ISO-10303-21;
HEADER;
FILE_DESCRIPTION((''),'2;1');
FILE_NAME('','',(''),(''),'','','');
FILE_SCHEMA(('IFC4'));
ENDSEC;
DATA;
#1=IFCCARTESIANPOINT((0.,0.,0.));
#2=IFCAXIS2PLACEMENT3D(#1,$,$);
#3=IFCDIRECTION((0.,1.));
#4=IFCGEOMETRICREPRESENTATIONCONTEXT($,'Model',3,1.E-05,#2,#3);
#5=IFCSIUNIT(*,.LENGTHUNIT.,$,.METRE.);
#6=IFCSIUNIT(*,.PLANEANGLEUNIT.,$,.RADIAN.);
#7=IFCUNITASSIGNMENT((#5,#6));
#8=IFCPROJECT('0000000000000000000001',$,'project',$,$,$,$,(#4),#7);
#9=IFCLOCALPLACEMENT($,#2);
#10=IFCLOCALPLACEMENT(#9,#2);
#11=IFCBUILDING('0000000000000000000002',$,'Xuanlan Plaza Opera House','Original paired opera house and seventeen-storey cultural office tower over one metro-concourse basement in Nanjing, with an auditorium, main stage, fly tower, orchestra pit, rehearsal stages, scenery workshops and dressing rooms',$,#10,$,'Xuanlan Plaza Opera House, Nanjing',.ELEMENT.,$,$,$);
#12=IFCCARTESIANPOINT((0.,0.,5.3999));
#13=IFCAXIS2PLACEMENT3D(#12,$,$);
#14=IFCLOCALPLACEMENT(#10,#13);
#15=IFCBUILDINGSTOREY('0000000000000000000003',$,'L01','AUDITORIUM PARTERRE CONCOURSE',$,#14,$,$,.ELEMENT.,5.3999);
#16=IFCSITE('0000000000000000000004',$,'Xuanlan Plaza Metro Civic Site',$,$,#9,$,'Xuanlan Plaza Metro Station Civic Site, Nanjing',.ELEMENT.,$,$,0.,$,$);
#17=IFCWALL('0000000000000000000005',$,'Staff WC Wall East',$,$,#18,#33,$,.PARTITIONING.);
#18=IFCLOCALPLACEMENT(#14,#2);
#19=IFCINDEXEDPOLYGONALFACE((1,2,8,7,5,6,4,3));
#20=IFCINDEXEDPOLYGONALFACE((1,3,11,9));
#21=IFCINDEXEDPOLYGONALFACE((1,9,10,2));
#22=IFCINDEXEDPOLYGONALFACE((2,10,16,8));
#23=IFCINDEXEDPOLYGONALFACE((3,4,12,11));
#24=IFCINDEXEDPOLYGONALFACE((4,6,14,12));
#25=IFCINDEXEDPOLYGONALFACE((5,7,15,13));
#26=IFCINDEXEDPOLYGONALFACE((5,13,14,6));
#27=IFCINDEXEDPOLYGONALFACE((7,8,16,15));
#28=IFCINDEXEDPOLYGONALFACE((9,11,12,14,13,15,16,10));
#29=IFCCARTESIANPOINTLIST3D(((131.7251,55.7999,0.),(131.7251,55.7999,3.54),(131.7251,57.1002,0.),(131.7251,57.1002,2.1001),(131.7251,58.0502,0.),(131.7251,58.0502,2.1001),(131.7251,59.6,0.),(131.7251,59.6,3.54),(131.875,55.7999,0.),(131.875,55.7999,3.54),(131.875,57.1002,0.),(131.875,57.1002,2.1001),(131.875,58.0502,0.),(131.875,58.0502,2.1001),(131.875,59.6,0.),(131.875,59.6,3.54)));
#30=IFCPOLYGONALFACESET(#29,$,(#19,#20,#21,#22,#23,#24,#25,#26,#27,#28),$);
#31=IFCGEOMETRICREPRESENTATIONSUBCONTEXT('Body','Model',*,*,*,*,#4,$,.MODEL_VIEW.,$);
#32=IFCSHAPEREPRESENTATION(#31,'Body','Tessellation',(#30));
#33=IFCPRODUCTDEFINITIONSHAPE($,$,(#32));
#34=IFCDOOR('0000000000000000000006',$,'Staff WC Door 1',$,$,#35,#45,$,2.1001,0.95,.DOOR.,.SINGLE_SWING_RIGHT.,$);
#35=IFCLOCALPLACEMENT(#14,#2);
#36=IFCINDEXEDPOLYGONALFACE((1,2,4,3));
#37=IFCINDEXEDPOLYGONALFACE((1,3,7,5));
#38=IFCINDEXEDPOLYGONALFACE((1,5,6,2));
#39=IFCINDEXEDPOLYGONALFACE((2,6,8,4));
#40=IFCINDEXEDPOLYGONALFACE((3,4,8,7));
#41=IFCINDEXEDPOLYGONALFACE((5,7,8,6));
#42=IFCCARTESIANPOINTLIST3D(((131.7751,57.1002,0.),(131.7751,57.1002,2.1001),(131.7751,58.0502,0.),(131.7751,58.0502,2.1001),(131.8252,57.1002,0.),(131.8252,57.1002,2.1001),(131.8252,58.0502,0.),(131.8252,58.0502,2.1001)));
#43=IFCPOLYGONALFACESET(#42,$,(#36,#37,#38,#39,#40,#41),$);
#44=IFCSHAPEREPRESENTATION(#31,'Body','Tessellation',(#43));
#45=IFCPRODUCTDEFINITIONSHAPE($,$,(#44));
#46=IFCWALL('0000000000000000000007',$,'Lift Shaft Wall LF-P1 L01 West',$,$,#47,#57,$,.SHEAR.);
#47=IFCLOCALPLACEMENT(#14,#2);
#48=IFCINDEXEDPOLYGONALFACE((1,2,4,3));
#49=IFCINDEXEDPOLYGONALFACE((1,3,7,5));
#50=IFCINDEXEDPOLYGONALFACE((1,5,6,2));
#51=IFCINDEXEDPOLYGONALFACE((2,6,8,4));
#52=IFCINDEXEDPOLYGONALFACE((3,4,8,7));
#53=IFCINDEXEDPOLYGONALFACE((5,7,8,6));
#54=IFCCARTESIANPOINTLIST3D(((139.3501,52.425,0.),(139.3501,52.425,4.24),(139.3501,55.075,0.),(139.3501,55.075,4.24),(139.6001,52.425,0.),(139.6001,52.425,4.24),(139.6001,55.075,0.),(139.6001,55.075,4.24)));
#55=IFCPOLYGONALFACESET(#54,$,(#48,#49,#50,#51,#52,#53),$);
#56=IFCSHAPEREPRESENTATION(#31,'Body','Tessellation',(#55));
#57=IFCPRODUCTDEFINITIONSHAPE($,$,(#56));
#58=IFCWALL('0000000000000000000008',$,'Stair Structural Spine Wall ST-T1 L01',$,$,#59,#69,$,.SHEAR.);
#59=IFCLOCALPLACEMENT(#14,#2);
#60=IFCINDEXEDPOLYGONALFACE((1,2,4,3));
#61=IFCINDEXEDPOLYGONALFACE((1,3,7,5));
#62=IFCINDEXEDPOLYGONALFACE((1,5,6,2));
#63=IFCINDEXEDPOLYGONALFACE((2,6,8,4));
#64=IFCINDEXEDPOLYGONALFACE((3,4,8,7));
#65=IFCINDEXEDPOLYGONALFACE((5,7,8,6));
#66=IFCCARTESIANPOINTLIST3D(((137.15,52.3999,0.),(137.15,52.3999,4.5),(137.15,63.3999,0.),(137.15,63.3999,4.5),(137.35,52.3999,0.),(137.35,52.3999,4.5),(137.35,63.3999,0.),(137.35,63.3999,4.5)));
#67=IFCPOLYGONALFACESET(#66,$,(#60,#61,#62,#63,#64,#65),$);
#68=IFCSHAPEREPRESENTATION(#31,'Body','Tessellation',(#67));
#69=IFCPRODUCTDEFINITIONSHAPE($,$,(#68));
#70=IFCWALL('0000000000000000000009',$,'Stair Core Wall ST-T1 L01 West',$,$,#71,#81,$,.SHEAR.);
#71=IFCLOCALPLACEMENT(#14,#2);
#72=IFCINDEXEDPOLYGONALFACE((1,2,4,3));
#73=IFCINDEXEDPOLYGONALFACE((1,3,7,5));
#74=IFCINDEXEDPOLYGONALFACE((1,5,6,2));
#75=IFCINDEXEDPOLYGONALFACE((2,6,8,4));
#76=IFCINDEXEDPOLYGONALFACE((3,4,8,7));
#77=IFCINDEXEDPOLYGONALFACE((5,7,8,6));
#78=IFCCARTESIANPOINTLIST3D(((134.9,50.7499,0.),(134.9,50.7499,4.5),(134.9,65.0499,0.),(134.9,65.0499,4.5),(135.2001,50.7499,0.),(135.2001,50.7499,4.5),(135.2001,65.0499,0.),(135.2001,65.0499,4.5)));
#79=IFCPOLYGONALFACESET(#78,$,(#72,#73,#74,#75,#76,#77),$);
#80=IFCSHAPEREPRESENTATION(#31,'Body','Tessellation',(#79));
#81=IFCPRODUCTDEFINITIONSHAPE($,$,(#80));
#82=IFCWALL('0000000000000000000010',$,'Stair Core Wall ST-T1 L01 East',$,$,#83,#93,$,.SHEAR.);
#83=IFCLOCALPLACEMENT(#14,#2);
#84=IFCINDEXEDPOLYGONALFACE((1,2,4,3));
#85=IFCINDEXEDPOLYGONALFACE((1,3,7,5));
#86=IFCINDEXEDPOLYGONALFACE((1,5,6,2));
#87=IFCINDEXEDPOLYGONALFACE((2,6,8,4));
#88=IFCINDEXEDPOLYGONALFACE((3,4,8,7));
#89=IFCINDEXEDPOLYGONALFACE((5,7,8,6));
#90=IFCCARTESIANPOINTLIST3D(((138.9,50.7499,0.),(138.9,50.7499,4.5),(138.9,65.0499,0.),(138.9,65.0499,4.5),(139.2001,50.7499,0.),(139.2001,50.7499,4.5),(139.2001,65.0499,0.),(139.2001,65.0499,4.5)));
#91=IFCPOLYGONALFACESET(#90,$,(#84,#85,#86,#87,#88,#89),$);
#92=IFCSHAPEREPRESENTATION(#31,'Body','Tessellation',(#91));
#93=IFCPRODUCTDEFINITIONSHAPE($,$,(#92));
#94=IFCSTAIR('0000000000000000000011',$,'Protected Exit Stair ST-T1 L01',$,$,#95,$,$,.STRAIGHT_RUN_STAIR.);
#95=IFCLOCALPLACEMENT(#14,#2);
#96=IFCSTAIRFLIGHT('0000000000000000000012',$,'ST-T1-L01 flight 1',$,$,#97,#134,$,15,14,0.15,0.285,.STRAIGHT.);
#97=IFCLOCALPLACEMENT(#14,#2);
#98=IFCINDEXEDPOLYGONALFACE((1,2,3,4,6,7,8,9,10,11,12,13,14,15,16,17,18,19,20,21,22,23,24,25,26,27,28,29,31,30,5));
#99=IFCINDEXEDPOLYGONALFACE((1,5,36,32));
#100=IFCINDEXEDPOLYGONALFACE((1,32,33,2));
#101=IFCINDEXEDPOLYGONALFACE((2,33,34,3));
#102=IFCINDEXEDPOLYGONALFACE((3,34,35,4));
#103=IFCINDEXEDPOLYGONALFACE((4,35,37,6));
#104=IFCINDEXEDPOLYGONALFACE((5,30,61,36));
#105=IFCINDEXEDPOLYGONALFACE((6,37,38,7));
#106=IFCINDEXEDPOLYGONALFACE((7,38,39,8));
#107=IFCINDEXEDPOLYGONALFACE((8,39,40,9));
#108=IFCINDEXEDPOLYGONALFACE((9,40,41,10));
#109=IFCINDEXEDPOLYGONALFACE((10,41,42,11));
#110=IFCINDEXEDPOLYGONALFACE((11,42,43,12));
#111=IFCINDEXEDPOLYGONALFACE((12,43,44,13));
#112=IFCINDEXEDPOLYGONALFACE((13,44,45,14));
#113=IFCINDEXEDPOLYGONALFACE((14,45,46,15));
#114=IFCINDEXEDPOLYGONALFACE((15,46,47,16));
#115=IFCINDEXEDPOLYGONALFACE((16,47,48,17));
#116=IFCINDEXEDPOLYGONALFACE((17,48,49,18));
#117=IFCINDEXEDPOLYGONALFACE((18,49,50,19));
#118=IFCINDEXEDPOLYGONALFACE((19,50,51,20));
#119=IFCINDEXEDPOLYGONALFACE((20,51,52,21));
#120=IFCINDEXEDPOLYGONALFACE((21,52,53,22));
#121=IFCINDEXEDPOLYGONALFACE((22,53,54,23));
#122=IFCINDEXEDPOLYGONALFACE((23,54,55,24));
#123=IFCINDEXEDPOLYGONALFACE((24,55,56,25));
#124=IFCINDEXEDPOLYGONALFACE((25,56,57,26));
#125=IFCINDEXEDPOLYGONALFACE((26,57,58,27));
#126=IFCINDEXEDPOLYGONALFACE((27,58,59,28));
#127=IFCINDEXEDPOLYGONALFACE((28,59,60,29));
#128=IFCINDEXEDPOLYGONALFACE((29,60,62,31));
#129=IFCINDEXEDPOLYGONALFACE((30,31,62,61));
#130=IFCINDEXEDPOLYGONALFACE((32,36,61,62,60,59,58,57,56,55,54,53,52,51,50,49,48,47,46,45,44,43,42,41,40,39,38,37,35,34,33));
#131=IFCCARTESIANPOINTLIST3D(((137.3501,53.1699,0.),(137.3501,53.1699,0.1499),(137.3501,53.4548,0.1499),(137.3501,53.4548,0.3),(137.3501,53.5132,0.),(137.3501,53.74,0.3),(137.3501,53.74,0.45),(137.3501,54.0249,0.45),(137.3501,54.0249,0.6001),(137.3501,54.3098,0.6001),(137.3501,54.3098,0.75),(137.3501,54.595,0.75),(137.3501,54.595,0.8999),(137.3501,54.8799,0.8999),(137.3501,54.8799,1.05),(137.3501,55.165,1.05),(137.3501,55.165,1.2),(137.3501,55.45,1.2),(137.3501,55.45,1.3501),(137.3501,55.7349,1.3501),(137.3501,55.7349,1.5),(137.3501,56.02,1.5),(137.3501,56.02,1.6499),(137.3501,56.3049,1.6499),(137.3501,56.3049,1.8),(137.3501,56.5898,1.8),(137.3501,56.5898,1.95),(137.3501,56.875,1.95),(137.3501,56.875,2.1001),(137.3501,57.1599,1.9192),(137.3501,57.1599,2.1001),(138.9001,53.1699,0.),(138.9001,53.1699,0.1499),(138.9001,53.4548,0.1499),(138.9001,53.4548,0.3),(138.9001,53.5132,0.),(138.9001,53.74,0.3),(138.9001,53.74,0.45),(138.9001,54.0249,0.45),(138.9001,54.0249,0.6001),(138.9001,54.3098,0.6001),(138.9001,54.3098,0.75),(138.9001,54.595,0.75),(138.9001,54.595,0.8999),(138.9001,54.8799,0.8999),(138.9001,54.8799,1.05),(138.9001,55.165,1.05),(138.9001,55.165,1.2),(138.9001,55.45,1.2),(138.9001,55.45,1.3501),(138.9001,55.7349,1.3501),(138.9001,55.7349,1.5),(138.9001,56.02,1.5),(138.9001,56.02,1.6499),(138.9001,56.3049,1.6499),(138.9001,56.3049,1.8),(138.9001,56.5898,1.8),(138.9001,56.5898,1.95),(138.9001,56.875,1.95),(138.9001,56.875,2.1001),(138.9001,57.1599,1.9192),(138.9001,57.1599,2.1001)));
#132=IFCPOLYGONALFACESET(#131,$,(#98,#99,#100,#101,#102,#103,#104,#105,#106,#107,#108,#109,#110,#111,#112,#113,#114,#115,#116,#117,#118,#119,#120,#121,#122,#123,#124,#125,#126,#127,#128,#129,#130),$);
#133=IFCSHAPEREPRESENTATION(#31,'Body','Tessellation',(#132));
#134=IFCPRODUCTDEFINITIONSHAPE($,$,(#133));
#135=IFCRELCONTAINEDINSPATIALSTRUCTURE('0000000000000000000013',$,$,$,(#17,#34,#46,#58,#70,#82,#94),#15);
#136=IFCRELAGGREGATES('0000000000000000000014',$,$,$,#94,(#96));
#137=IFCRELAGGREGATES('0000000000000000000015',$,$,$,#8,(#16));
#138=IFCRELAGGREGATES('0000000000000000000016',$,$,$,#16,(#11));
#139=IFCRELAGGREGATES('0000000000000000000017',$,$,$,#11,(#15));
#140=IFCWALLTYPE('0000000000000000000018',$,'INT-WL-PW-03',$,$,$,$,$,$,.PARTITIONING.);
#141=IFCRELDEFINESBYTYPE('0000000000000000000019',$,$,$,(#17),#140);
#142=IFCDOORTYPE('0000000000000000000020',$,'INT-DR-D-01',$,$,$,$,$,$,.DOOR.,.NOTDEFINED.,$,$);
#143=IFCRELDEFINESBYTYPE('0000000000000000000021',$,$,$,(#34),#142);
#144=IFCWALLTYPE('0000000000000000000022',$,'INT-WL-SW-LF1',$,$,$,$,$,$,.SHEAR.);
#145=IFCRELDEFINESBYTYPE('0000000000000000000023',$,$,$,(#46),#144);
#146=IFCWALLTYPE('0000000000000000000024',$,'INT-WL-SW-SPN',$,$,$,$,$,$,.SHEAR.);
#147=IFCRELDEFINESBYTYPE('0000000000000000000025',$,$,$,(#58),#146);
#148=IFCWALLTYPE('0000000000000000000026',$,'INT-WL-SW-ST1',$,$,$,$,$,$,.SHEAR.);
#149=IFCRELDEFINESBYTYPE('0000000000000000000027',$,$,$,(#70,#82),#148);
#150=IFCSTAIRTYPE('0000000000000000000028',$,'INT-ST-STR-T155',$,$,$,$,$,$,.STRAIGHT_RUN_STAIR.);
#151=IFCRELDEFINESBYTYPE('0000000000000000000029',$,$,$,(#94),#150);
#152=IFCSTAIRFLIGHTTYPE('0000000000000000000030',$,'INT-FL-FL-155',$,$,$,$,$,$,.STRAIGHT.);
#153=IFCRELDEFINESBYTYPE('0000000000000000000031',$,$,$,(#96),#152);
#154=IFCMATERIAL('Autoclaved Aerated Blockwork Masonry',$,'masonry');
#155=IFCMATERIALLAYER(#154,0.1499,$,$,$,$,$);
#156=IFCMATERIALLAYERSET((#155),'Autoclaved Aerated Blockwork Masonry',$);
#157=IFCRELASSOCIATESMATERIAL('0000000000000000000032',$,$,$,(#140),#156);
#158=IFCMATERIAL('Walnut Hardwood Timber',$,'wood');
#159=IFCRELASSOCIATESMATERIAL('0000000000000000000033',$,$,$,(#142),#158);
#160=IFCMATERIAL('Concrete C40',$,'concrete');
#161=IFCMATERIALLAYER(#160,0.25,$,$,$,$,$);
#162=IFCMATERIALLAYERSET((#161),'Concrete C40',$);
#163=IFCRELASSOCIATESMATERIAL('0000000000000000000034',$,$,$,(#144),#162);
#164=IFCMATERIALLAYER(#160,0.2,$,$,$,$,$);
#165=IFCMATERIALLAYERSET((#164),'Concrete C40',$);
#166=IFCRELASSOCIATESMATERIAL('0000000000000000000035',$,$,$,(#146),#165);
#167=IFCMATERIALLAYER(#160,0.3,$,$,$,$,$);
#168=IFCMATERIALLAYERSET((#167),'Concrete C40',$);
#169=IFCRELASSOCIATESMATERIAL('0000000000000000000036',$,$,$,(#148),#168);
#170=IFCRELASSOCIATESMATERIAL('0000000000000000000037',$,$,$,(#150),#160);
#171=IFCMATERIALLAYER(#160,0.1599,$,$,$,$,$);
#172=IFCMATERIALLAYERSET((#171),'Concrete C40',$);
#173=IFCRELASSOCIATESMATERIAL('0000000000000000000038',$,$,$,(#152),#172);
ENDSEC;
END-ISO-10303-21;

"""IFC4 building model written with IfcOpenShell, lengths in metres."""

from ifc_helpers import new_model, si_unit, direction, frame, frame_2d, origin, place, context, subcontext, project, spatial, polyline, rectangle, outline, extrude, material, layer, layer_set, type_object, element, fill, aggregate, save


model = new_model("IFC4")

# Units and contexts
model_context = context("Model", 3, precision=1e-05, world=origin(), true_north=direction((0.0, 1.0)))
body_context = subcontext(model_context, "Body", "Model", "MODEL_VIEW")
ifc_project = project(units=[si_unit("LENGTHUNIT", "METRE"), si_unit("PLANEANGLEUNIT", "RADIAN")], contexts=[model_context])

# Site, building, storey
site_placement = place(None, origin())
site = spatial("IfcSite", under=ifc_project, at=site_placement, Name="Xuanlan Plaza Metro Civic Site", LongName="Xuanlan Plaza Metro Station Civic Site, Nanjing", CompositionType="ELEMENT", RefElevation=0.0)
building_placement = place(site_placement, origin())
building = spatial("IfcBuilding", under=site, at=building_placement, Name="Xuanlan Plaza Opera House", Description="Original paired opera house and seventeen-storey cultural office tower over one metro-concourse basement in Nanjing, with an auditorium, main stage, fly tower, orchestra pit, rehearsal stages, scenery workshops and dressing rooms", LongName="Xuanlan Plaza Opera House, Nanjing", CompositionType="ELEMENT")
storey_placement = place(building_placement, frame((0.0, 0.0, 5.3999)))
storey = spatial("IfcBuildingStorey", under=building, at=storey_placement, Name="L01", Description="AUDITORIUM PARTERRE CONCOURSE", CompositionType="ELEMENT", Elevation=5.3999)

# Shared definitions
ifc_material_1 = material(Name="Concrete C40", Category="concrete")

# Shared definitions
ifc_material_2 = material(Name="Autoclaved Aerated Blockwork Masonry", Category="masonry")
ifc_layer_1 = layer(ifc_material_2, 0.1499)
ifc_layer_set_1 = layer_set([ifc_layer_1], Name="Autoclaved Aerated Blockwork Masonry")
wall_type_1 = type_object("IfcWallType", Name="INT-WL-PW-03", PredefinedType="PARTITIONING", material=ifc_layer_set_1)

# Shared definitions
ifc_material_3 = material(Name="Walnut Hardwood Timber", Category="wood")

# Wall, opening, door
wall_1_placement = place(storey_placement, frame((131.8, 55.8, 0.0), z_axis=(0.0, 0.0, 1.0), x_axis=(0.0, 1.0, 0.0)))
wall_1 = element("IfcWall", 1, at=wall_1_placement, inside=storey, type_object=wall_type_1, Name="Staff WC Wall East", PredefinedType="PARTITIONING", context=body_context, shape_type="SweptSolid", body=[
    extrude(rectangle(XDim=3.8, YDim=0.1499, at=frame_2d((1.8999, 0.0))), origin(), (0.0, 0.0, 1.0), 3.54),
])
opening_1_placement = place(wall_1_placement, frame((1.3, 0.0, 0.0)))
opening_1 = element("IfcOpeningElement", 2, at=opening_1_placement, cuts=wall_1, PredefinedType="OPENING", context=body_context, shape_type="SweptSolid", body=[
    extrude(rectangle(XDim=0.95, YDim=2.1001, at=frame_2d((0.4751, 1.05))), frame((0.0, 0.085, 0.0), z_axis=(0.0, -1.0, 0.0), x_axis=(1.0, 0.0, 0.0)), (0.0, 0.0, 1.0), 0.1699),
])
door_type_1 = type_object("IfcDoorType", Name="INT-DR-D-01", OperationType="NOTDEFINED", PredefinedType="DOOR", material=ifc_material_3)
door_1_placement = place(opening_1_placement, origin())
door_1 = element("IfcDoor", 3, at=door_1_placement, inside=storey, type_object=door_type_1, Name="Staff WC Door 1", OperationType="SINGLE_SWING_RIGHT", OverallHeight=2.1001, OverallWidth=0.95, PredefinedType="DOOR", context=body_context, shape_type="SweptSolid", body=[
    extrude(rectangle(XDim=0.95, YDim=2.1001, at=frame_2d((0.4751, 1.05))), frame((0.0, 0.0249, 0.0), z_axis=(0.0, -1.0, 0.0), x_axis=(1.0, 0.0, 0.0)), (0.0, 0.0, 1.0), 0.05),
])
fill(opening_1, door_1)
ifc_layer_2 = layer(ifc_material_1, 0.25)
ifc_layer_set_2 = layer_set([ifc_layer_2], Name="Concrete C40")
wall_type_2 = type_object("IfcWallType", Name="INT-WL-SW-LF1", PredefinedType="SHEAR", material=ifc_layer_set_2)

# Walls
wall_2_placement = place(storey_placement, frame((139.4751, 52.425, 0.0), z_axis=(0.0, 0.0, 1.0), x_axis=(0.0, 1.0, 0.0)))
element("IfcWall", 4, at=wall_2_placement, inside=storey, type_object=wall_type_2, Name="Lift Shaft Wall LF-P1 L01 West", PredefinedType="SHEAR", context=body_context, shape_type="SweptSolid", body=[
    extrude(rectangle(XDim=2.6499, YDim=0.25, at=frame_2d((1.325, 0.0))), origin(), (0.0, 0.0, 1.0), 4.24),
])
ifc_layer_3 = layer(ifc_material_1, 0.2)
ifc_layer_set_3 = layer_set([ifc_layer_3], Name="Concrete C40")
wall_type_3 = type_object("IfcWallType", Name="INT-WL-SW-SPN", PredefinedType="SHEAR", material=ifc_layer_set_3)
wall_3_placement = place(storey_placement, frame((137.25, 52.3999, 0.0), z_axis=(0.0, 0.0, 1.0), x_axis=(0.0, 1.0, 0.0)))
element("IfcWall", 5, at=wall_3_placement, inside=storey, type_object=wall_type_3, Name="Stair Structural Spine Wall ST-T1 L01", PredefinedType="SHEAR", context=body_context, shape_type="SweptSolid", body=[
    extrude(rectangle(XDim=11.0, YDim=0.2, at=frame_2d((5.5, 0.0))), origin(), (0.0, 0.0, 1.0), 4.5),
])

# Shared definitions
ifc_layer_4 = layer(ifc_material_1, 0.3)
ifc_layer_set_4 = layer_set([ifc_layer_4], Name="Concrete C40")
wall_type_4 = type_object("IfcWallType", Name="INT-WL-SW-ST1", PredefinedType="SHEAR", material=ifc_layer_set_4)

# Walls
for number, where, z_axis, x_axis, name in (
    (6, (135.05, 50.75, 0.0), (0.0, 0.0, 1.0), (0.0, 1.0, 0.0), "Stair Core Wall ST-T1 L01 West"),
    (7, (139.05, 50.75, 0.0), (0.0, 0.0, 1.0), (0.0, 1.0, 0.0), "Stair Core Wall ST-T1 L01 East"),
):
    element("IfcWall", number, at=place(storey_placement, frame(where, z_axis=z_axis, x_axis=x_axis)), inside=storey, type_object=wall_type_4, Name=name, PredefinedType="SHEAR", context=body_context, shape_type="SweptSolid", body=[
        extrude(rectangle(XDim=14.3, YDim=0.3, at=frame_2d((7.1499, 0.0))), origin(), (0.0, 0.0, 1.0), 4.5),
    ])

# Stair, stair flight
stair_type = type_object("IfcStairType", Name="INT-ST-STR-T155", PredefinedType="STRAIGHT_RUN_STAIR", material=ifc_material_1)
stair_placement = place(storey_placement, origin())
stair = element("IfcStair", 8, at=stair_placement, inside=storey, type_object=stair_type, Name="Protected Exit Stair ST-T1 L01", PredefinedType="STRAIGHT_RUN_STAIR")
ifc_layer_5 = layer(ifc_material_1, 0.1599)
ifc_layer_set_5 = layer_set([ifc_layer_5], Name="Concrete C40")
stair_flight_type = type_object("IfcStairFlightType", Name="INT-FL-FL-155", PredefinedType="STRAIGHT", material=ifc_layer_set_5)
stair_flight_placement = place(storey_placement, frame((138.125, 53.1699, 0.0), z_axis=(0.0, 0.0, 1.0), x_axis=(0.0, 1.0, 0.0)))
stair_flight = element("IfcStairFlight", 9, at=stair_flight_placement, type_object=stair_flight_type, Name="ST-T1-L01 flight 1", NumberOfRisers=15, NumberOfTreads=14, PredefinedType="STRAIGHT", RiserHeight=0.15, TreadLength=0.285, context=body_context, shape_type="SweptSolid", body=[
    extrude(outline(polyline([(0.0, 0.0), (0.0, 0.1499), (0.2849, 0.1499), (0.2849, 0.3), (0.5701, 0.3), (0.5701, 0.45), (0.855, 0.45), (0.855, 0.6001), (1.1399, 0.6001), (1.1399, 0.75), (1.425, 0.75), (1.425, 0.8999), (1.71, 0.8999), (1.71, 1.05), (1.9951, 1.05), (1.9951, 1.2), (2.28, 1.2), (2.28, 1.3501), (2.5649, 1.3501), (2.5649, 1.5), (2.8501, 1.5), (2.8501, 1.6499), (3.135, 1.6499), (3.135, 1.8), (3.4199, 1.8), (3.4199, 1.95), (3.7051, 1.95), (3.7051, 2.1001), (3.99, 2.1001), (3.99, 2.25), (3.99, 1.9192), (0.3433, 0.0), (0.0, 0.0)])), frame((0.0, 0.7749, 0.0), z_axis=(0.0, -1.0, 0.0), x_axis=(1.0, 0.0, 0.0)), (0.0, 0.0, 1.0), 1.55),
])
aggregate(stair, [stair_flight])

save(model, "model.ifc")
